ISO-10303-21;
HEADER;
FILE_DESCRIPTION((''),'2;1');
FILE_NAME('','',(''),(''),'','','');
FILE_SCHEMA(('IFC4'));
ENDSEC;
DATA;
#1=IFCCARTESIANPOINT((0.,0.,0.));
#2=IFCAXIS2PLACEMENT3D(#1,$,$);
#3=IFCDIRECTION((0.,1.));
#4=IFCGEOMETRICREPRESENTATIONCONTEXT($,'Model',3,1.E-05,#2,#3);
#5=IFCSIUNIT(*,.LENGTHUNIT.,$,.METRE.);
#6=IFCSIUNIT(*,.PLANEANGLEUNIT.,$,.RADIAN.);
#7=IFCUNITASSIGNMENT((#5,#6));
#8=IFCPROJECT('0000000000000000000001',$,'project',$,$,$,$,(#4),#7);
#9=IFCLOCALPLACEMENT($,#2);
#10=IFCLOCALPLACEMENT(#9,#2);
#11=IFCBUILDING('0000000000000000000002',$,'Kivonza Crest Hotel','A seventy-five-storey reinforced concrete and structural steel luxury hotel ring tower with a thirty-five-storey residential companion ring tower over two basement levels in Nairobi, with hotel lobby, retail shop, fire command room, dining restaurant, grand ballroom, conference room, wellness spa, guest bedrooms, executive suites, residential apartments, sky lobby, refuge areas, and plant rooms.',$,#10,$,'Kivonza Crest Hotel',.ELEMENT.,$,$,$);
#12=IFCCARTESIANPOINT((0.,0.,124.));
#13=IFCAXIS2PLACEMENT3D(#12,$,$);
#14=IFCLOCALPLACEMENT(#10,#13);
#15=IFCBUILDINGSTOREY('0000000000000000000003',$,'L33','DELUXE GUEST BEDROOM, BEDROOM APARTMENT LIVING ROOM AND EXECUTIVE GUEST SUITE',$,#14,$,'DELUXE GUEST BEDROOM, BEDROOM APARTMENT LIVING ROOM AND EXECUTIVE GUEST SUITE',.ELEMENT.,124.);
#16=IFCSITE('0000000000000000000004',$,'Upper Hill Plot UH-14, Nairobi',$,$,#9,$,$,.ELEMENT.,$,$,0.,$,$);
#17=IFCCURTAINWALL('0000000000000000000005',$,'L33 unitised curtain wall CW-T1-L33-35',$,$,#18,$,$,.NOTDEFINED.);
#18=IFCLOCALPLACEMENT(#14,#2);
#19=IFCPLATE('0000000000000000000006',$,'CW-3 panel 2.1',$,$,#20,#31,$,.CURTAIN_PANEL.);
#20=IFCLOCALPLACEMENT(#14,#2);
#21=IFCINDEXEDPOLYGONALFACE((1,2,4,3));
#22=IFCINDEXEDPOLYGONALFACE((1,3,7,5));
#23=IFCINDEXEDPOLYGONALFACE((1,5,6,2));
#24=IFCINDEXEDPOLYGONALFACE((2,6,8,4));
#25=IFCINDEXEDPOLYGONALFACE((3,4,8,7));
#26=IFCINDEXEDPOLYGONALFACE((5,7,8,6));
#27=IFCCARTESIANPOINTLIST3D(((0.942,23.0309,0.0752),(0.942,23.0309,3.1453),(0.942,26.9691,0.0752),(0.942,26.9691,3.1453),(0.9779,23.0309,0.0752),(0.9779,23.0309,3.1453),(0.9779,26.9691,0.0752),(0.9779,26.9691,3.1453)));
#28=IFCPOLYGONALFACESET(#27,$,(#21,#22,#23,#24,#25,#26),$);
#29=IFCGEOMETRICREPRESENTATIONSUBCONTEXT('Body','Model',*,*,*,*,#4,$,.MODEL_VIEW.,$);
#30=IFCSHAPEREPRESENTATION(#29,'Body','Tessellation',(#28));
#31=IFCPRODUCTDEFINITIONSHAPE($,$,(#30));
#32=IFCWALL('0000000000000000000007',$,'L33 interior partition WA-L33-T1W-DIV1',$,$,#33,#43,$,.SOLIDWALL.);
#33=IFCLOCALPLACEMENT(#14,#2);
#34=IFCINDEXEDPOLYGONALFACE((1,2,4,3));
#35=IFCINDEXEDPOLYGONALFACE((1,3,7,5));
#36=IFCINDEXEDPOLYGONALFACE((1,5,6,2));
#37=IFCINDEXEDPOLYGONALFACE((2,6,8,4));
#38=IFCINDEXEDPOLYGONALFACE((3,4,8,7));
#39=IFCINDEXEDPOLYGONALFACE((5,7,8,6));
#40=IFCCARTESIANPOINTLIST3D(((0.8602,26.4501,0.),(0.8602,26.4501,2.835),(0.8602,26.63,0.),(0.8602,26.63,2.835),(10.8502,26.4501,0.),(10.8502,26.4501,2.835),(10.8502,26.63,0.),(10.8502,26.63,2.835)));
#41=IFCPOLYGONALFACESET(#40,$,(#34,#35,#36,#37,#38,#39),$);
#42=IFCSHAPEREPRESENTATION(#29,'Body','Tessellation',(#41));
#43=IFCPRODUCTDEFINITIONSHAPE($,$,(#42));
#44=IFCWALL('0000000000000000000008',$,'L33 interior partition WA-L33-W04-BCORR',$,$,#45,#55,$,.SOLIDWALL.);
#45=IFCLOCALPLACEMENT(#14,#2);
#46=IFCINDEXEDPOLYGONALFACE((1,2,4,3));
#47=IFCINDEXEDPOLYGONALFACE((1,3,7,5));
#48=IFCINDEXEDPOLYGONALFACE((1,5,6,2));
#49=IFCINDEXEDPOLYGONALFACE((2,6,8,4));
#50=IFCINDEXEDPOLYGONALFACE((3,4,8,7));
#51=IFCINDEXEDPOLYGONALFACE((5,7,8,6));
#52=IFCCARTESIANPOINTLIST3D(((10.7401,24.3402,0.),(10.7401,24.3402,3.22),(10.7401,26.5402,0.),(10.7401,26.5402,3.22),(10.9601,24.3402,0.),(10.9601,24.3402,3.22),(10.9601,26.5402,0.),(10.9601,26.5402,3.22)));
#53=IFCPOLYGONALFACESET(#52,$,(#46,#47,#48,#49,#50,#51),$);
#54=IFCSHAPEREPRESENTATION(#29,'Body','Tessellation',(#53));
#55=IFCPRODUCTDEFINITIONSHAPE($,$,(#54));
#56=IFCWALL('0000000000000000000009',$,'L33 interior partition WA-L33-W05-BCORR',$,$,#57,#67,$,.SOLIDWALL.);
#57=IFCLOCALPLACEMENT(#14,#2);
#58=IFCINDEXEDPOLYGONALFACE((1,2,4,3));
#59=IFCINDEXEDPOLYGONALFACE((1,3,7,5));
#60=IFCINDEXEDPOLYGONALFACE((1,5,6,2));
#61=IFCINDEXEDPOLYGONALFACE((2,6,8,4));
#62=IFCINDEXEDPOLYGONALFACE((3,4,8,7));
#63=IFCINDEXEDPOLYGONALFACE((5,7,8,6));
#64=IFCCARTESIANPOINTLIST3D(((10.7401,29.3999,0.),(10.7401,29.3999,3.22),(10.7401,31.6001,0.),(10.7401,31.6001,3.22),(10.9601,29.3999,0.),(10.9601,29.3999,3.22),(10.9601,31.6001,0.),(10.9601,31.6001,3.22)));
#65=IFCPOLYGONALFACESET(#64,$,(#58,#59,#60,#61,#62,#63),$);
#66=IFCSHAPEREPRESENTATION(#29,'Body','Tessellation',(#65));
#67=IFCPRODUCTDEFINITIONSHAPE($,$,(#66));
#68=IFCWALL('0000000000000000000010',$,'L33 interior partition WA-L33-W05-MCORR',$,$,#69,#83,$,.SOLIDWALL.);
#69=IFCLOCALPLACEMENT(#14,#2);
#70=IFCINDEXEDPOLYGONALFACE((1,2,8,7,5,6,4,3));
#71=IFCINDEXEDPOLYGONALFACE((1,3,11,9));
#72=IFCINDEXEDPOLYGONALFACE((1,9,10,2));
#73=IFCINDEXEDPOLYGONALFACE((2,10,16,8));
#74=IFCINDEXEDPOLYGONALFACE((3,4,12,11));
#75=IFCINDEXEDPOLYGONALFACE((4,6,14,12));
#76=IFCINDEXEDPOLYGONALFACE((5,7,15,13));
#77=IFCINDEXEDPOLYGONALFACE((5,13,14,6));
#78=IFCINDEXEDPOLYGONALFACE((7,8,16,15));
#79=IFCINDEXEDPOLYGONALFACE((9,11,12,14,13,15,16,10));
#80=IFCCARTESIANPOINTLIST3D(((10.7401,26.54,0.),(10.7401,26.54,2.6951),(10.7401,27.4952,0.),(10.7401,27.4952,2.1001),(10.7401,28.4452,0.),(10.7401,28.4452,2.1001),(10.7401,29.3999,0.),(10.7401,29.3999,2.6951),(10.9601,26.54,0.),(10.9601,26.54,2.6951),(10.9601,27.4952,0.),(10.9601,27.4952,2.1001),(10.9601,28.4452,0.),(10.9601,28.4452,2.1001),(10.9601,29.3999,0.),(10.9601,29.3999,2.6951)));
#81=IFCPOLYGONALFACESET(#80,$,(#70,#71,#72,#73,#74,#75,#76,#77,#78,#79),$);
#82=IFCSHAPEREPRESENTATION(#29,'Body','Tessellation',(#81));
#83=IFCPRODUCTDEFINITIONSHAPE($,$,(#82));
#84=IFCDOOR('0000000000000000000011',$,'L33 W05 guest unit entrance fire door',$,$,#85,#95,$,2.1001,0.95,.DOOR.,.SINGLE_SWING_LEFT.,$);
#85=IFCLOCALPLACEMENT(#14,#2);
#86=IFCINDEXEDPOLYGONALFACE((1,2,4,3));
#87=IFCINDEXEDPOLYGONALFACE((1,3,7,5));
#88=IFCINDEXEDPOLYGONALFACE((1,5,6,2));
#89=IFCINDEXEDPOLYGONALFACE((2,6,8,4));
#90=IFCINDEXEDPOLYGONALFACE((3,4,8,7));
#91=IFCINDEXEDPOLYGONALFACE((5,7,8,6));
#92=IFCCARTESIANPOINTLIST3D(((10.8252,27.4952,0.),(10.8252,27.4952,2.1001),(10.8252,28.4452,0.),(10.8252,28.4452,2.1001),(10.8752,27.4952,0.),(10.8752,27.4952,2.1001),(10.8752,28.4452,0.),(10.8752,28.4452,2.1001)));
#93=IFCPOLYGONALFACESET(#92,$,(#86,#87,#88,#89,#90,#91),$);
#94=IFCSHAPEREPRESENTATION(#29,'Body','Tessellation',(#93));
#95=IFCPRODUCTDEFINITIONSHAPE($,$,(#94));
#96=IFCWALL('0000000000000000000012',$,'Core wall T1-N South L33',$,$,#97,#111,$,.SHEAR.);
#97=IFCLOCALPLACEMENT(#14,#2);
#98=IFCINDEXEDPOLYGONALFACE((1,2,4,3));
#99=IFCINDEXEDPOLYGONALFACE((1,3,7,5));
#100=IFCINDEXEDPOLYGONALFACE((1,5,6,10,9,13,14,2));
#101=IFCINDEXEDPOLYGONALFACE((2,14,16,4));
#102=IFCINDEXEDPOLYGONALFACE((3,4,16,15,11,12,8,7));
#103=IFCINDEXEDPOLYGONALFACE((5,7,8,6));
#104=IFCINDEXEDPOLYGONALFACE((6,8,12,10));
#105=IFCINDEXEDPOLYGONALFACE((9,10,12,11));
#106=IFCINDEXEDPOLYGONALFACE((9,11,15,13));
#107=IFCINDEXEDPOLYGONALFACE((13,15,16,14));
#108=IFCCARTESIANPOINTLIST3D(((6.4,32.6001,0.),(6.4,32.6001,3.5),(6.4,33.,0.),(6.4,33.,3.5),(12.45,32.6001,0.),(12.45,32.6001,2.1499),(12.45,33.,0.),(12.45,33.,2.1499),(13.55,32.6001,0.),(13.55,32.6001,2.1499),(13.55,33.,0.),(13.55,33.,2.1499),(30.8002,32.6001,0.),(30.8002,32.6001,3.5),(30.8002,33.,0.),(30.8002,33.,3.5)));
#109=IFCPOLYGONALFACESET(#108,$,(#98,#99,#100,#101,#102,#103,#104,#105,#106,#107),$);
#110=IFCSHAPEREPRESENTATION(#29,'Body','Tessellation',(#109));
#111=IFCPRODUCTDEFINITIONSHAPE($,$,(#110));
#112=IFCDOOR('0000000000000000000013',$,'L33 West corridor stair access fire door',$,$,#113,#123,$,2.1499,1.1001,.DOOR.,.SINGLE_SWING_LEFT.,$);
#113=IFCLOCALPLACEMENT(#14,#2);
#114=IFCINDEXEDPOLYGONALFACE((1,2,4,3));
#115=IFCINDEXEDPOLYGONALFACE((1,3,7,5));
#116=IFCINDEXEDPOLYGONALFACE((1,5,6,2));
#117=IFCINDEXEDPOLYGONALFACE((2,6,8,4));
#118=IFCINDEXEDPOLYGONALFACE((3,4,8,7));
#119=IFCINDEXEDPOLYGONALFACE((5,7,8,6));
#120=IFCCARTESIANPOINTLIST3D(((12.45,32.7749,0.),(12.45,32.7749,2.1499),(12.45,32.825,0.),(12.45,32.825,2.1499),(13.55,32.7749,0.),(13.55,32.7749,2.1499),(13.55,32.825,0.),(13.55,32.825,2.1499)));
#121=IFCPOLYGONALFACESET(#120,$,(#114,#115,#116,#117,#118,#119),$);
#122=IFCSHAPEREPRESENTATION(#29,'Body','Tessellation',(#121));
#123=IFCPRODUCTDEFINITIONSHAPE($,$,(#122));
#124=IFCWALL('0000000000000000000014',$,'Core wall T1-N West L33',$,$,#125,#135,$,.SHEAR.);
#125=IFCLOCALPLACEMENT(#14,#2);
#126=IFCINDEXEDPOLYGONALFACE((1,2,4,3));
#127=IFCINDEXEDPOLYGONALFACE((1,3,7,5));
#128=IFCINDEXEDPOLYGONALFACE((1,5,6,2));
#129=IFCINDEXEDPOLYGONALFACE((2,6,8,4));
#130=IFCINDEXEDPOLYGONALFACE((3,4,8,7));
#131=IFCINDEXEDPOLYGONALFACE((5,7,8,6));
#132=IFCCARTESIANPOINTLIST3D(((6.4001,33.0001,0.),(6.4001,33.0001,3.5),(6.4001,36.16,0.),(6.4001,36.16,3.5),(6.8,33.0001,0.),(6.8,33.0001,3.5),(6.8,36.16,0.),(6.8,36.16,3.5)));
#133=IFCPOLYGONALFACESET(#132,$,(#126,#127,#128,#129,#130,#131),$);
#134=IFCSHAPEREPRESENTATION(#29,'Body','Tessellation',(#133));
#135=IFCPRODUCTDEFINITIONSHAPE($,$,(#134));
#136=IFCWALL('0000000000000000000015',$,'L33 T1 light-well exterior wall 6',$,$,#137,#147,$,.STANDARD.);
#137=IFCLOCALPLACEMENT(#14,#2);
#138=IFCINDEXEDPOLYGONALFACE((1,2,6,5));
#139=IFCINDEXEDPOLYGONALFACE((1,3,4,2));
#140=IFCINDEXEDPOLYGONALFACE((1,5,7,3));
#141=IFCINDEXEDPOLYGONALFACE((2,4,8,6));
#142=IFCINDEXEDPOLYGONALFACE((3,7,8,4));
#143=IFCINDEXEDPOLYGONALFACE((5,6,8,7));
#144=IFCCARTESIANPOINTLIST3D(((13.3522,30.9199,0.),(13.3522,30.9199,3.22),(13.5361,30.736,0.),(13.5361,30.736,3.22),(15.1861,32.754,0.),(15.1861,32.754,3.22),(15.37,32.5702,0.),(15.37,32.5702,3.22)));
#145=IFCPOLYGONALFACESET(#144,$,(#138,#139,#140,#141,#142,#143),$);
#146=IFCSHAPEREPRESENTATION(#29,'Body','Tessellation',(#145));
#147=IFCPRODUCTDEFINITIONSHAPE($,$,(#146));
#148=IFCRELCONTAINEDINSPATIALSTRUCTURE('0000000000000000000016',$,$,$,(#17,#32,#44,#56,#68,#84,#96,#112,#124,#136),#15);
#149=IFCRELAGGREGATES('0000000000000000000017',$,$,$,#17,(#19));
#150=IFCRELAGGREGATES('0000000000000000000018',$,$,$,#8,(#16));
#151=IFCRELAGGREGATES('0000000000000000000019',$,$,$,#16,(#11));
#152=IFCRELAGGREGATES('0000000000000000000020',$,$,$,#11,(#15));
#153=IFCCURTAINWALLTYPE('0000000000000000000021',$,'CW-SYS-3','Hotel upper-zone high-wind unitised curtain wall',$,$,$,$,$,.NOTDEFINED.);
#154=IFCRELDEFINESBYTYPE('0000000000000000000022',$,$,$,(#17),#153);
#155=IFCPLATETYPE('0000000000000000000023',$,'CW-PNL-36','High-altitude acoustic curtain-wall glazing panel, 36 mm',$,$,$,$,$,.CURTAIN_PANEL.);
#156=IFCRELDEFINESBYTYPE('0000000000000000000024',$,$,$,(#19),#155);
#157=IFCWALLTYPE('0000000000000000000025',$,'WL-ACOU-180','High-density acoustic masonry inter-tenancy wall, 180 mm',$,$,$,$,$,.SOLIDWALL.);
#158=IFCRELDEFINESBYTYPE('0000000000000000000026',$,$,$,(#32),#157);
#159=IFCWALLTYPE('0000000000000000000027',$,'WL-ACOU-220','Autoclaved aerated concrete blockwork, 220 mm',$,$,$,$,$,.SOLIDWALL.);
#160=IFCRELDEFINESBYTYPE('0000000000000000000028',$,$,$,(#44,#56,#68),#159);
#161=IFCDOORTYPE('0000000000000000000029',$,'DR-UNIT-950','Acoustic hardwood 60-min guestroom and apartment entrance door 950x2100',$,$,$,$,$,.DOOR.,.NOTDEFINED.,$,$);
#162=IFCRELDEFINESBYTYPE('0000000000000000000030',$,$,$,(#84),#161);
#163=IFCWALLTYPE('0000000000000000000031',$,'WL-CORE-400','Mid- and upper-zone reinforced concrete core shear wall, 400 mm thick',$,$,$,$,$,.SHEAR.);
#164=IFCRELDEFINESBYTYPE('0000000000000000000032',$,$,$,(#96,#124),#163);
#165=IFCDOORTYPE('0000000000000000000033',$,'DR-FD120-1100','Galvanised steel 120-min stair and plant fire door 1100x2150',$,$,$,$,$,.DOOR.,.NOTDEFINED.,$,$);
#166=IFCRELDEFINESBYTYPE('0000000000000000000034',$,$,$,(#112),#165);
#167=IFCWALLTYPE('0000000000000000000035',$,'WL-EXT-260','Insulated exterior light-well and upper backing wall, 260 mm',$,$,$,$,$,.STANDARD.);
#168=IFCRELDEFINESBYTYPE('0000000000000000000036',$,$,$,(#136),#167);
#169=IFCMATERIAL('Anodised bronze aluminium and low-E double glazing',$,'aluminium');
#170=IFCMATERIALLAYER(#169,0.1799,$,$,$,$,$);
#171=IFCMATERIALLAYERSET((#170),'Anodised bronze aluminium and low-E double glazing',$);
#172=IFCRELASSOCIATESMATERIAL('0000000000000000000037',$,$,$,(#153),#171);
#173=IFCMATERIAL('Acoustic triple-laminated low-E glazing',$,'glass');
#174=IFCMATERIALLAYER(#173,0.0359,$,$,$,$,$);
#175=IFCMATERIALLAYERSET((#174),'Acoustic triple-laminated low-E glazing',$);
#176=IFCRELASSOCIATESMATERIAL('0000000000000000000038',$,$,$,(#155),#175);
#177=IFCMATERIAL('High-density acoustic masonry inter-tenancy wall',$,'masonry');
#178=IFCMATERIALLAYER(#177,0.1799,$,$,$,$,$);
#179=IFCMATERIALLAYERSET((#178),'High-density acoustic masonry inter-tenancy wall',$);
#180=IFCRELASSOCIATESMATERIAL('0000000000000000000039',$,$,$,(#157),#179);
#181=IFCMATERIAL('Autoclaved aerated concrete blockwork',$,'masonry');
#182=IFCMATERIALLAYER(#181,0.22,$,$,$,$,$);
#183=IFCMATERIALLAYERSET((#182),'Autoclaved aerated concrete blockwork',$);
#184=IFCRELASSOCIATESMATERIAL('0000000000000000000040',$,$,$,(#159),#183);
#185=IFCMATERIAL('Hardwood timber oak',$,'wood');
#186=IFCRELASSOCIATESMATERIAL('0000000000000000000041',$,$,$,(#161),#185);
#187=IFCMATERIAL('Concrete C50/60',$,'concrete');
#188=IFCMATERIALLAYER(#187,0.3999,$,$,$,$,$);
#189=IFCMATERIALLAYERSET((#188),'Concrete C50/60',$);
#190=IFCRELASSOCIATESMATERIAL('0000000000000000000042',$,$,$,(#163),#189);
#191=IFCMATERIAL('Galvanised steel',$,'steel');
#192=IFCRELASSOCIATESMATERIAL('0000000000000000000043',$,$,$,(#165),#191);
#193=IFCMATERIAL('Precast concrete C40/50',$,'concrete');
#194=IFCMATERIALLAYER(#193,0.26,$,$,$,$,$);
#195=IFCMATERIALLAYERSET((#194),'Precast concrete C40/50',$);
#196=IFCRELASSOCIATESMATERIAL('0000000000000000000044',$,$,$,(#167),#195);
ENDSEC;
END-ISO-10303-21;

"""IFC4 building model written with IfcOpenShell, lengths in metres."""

from ifc_helpers import new_model, si_unit, direction, frame, frame_2d, origin, origin_2d, place, context, subcontext, project, spatial, rectangle, extrude, material, layer, layer_set, type_object, element, fill, aggregate, save


model = new_model("IFC4")

# Units and contexts
model_context = context("Model", 3, precision=1e-05, world=origin(), true_north=direction((0.0, 1.0)))
body_context = subcontext(model_context, "Body", "Model", "MODEL_VIEW")
ifc_project = project(units=[si_unit("LENGTHUNIT", "METRE"), si_unit("PLANEANGLEUNIT", "RADIAN")], contexts=[model_context])

# Site, building, storey
site_placement = place(None, origin())
site = spatial("IfcSite", under=ifc_project, at=site_placement, Name="Upper Hill Plot UH-14, Nairobi", CompositionType="ELEMENT", RefElevation=0.0)
building_placement = place(site_placement, origin())
building = spatial("IfcBuilding", under=site, at=building_placement, Name="Kivonza Crest Hotel", Description="A seventy-five-storey reinforced concrete and structural steel luxury hotel ring tower with a thirty-five-storey residential companion ring tower over two basement levels in Nairobi, with hotel lobby, retail shop, fire command room, dining restaurant, grand ballroom, conference room, wellness spa, guest bedrooms, executive suites, residential apartments, sky lobby, refuge areas, and plant rooms.", LongName="Kivonza Crest Hotel", CompositionType="ELEMENT")
storey_placement = place(building_placement, frame((0.0, 0.0, 124.0)))
storey = spatial("IfcBuildingStorey", under=building, at=storey_placement, Name="L33", Description="DELUXE GUEST BEDROOM, BEDROOM APARTMENT LIVING ROOM AND EXECUTIVE GUEST SUITE", LongName="DELUXE GUEST BEDROOM, BEDROOM APARTMENT LIVING ROOM AND EXECUTIVE GUEST SUITE", CompositionType="ELEMENT", Elevation=124.0)

# Shared definitions
ifc_material_1 = material(Name="Concrete C50/60", Category="concrete")

# Curtain wall
ifc_material_2 = material(Name="Anodised bronze aluminium and low-E double glazing", Category="aluminium")
ifc_layer_1 = layer(ifc_material_2, 0.1799)
ifc_layer_set_1 = layer_set([ifc_layer_1], Name="Anodised bronze aluminium and low-E double glazing")
curtain_wall_type_1 = type_object("IfcCurtainWallType", Name="CW-SYS-3", Description="Hotel upper-zone high-wind unitised curtain wall", PredefinedType="NOTDEFINED", material=ifc_layer_set_1)
curtain_wall_1_placement = place(storey_placement, origin())
curtain_wall_1 = element("IfcCurtainWall", 1, at=curtain_wall_1_placement, inside=storey, type_object=curtain_wall_type_1, Name="L33 unitised curtain wall CW-T1-L33-35", PredefinedType="NOTDEFINED")

# Plate
ifc_material_3 = material(Name="Acoustic triple-laminated low-E glazing", Category="glass")
ifc_layer_2 = layer(ifc_material_3, 0.0359)
ifc_layer_set_2 = layer_set([ifc_layer_2], Name="Acoustic triple-laminated low-E glazing")
plate_type_1 = type_object("IfcPlateType", Name="CW-PNL-36", Description="High-altitude acoustic curtain-wall glazing panel, 36 mm", PredefinedType="CURTAIN_PANEL", material=ifc_layer_set_2)
plate_1_placement = place(storey_placement, frame((0.96, 25.0, 0.0752), z_axis=(0.0, 0.0, 1.0), x_axis=(0.0, -1.0, 0.0)))
plate_1 = element("IfcPlate", 2, at=plate_1_placement, type_object=plate_type_1, Name="CW-3 panel 2.1", PredefinedType="CURTAIN_PANEL", context=body_context, shape_type="SweptSolid", body=[
    extrude(rectangle(XDim=3.9382, YDim=0.0359, at=origin_2d()), origin(), (0.0, 0.0, 1.0), 3.0701),
])
aggregate(curtain_wall_1, [plate_1])

# Walls
ifc_material_4 = material(Name="High-density acoustic masonry inter-tenancy wall", Category="masonry")
ifc_layer_3 = layer(ifc_material_4, 0.1799)
ifc_layer_set_3 = layer_set([ifc_layer_3], Name="High-density acoustic masonry inter-tenancy wall")
wall_type_1 = type_object("IfcWallType", Name="WL-ACOU-180", Description="High-density acoustic masonry inter-tenancy wall, 180 mm", PredefinedType="SOLIDWALL", material=ifc_layer_set_3)
wall_1_placement = place(storey_placement, frame((0.8601, 26.54, 0.0), z_axis=(0.0, 0.0, 1.0), x_axis=(1.0, 0.0, 0.0)))
element("IfcWall", 3, at=wall_1_placement, inside=storey, type_object=wall_type_1, Name="L33 interior partition WA-L33-T1W-DIV1", PredefinedType="SOLIDWALL", context=body_context, shape_type="SweptSolid", body=[
    extrude(rectangle(XDim=9.99, YDim=0.1799, at=frame_2d((4.9951, 0.0))), origin(), (0.0, 0.0, 1.0), 2.835),
])
ifc_material_5 = material(Name="Autoclaved aerated concrete blockwork", Category="masonry")
ifc_layer_4 = layer(ifc_material_5, 0.22)
ifc_layer_set_4 = layer_set([ifc_layer_4], Name="Autoclaved aerated concrete blockwork")
wall_type_2 = type_object("IfcWallType", Name="WL-ACOU-220", Description="Autoclaved aerated concrete blockwork, 220 mm", PredefinedType="SOLIDWALL", material=ifc_layer_set_4)
wall_2_placement = place(storey_placement, frame((10.8501, 24.3401, 0.0), z_axis=(0.0, 0.0, 1.0), x_axis=(0.0, 1.0, 0.0)))
element("IfcWall", 4, at=wall_2_placement, inside=storey, type_object=wall_type_2, Name="L33 interior partition WA-L33-W04-BCORR", PredefinedType="SOLIDWALL", context=body_context, shape_type="SweptSolid", body=[
    extrude(rectangle(XDim=2.2, YDim=0.22, at=frame_2d((1.1001, 0.0))), origin(), (0.0, 0.0, 1.0), 3.22),
])
wall_3_placement = place(storey_placement, frame((10.8501, 29.3999, 0.0), z_axis=(0.0, 0.0, 1.0), x_axis=(0.0, 1.0, 0.0)))
element("IfcWall", 5, at=wall_3_placement, inside=storey, type_object=wall_type_2, Name="L33 interior partition WA-L33-W05-BCORR", PredefinedType="SOLIDWALL", context=body_context, shape_type="SweptSolid", body=[
    extrude(rectangle(XDim=2.2002, YDim=0.22, at=frame_2d((1.1001, 0.0))), origin(), (0.0, 0.0, 1.0), 3.22),
])

# Walls, openings, doors
wall_4_placement = place(storey_placement, frame((10.8501, 26.54, 0.0), z_axis=(0.0, 0.0, 1.0), x_axis=(0.0, 1.0, 0.0)))
wall_4 = element("IfcWall", 6, at=wall_4_placement, inside=storey, type_object=wall_type_2, Name="L33 interior partition WA-L33-W05-MCORR", PredefinedType="SOLIDWALL", context=body_context, shape_type="SweptSolid", body=[
    extrude(rectangle(XDim=2.8599, YDim=0.22, at=frame_2d((1.4299, 0.0))), origin(), (0.0, 0.0, 1.0), 2.6951),
])
opening_1_placement = place(wall_4_placement, frame((0.9551, 0.0, 0.0)))
opening_1 = element("IfcOpeningElement", 7, at=opening_1_placement, cuts=wall_4, PredefinedType="OPENING", context=body_context, shape_type="SweptSolid", body=[
    extrude(rectangle(XDim=0.95, YDim=2.1001, at=frame_2d((0.4751, 1.05))), frame((0.0, 0.1201, 0.0), z_axis=(0.0, -1.0, 0.0), x_axis=(1.0, 0.0, 0.0)), (0.0, 0.0, 1.0), 0.24),
])
ifc_material_6 = material(Name="Hardwood timber oak", Category="wood")
door_type_1 = type_object("IfcDoorType", Name="DR-UNIT-950", Description="Acoustic hardwood 60-min guestroom and apartment entrance door 950x2100", OperationType="NOTDEFINED", PredefinedType="DOOR", material=ifc_material_6)
door_1_placement = place(opening_1_placement, origin())
door_1 = element("IfcDoor", 8, at=door_1_placement, inside=storey, type_object=door_type_1, Name="L33 W05 guest unit entrance fire door", OperationType="SINGLE_SWING_LEFT", OverallHeight=2.1001, OverallWidth=0.95, PredefinedType="DOOR", context=body_context, shape_type="SweptSolid", body=[
    extrude(rectangle(XDim=0.95, YDim=2.1001, at=frame_2d((0.4751, 1.05))), frame((0.0, 0.0249, 0.0), z_axis=(0.0, -1.0, 0.0), x_axis=(1.0, 0.0, 0.0)), (0.0, 0.0, 1.0), 0.05),
])
fill(opening_1, door_1)
ifc_layer_5 = layer(ifc_material_1, 0.3999)
ifc_layer_set_5 = layer_set([ifc_layer_5], Name="Concrete C50/60")
wall_type_3 = type_object("IfcWallType", Name="WL-CORE-400", Description="Mid- and upper-zone reinforced concrete core shear wall, 400 mm thick", PredefinedType="SHEAR", material=ifc_layer_set_5)
wall_5_placement = place(storey_placement, frame((6.3999, 32.8, 0.0), z_axis=(0.0, 0.0, 1.0), x_axis=(1.0, 0.0, 0.0)))
wall_5 = element("IfcWall", 9, at=wall_5_placement, inside=storey, type_object=wall_type_3, Name="Core wall T1-N South L33", PredefinedType="SHEAR", context=body_context, shape_type="SweptSolid", body=[
    extrude(rectangle(XDim=24.4001, YDim=0.3999, at=frame_2d((12.2002, 0.0))), origin(), (0.0, 0.0, 1.0), 3.5),
])
opening_2_placement = place(wall_5_placement, frame((6.05, 0.0, 0.0)))
opening_2 = element("IfcOpeningElement", 10, at=opening_2_placement, cuts=wall_5, PredefinedType="OPENING", context=body_context, shape_type="SweptSolid", body=[
    extrude(rectangle(XDim=1.1001, YDim=2.1499, at=frame_2d((0.55, 1.075))), frame((0.0, 0.21, 0.0), z_axis=(0.0, -1.0, 0.0), x_axis=(1.0, 0.0, 0.0)), (0.0, 0.0, 1.0), 0.4199),
])
ifc_material_7 = material(Name="Galvanised steel", Category="steel")
door_type_2 = type_object("IfcDoorType", Name="DR-FD120-1100", Description="Galvanised steel 120-min stair and plant fire door 1100x2150", OperationType="NOTDEFINED", PredefinedType="DOOR", material=ifc_material_7)
door_2_placement = place(opening_2_placement, origin())
door_2 = element("IfcDoor", 11, at=door_2_placement, inside=storey, type_object=door_type_2, Name="L33 West corridor stair access fire door", OperationType="SINGLE_SWING_LEFT", OverallHeight=2.1499, OverallWidth=1.1001, PredefinedType="DOOR", context=body_context, shape_type="SweptSolid", body=[
    extrude(rectangle(XDim=1.1001, YDim=2.1499, at=frame_2d((0.55, 1.075))), frame((0.0, 0.0249, 0.0), z_axis=(0.0, -1.0, 0.0), x_axis=(1.0, 0.0, 0.0)), (0.0, 0.0, 1.0), 0.05),
])
fill(opening_2, door_2)

# Walls
wall_6_placement = place(storey_placement, frame((6.6001, 33.0, 0.0), z_axis=(0.0, 0.0, 1.0), x_axis=(0.0, 1.0, 0.0)))
element("IfcWall", 12, at=wall_6_placement, inside=storey, type_object=wall_type_3, Name="Core wall T1-N West L33", PredefinedType="SHEAR", context=body_context, shape_type="SweptSolid", body=[
    extrude(rectangle(XDim=3.1599, YDim=0.3999, at=frame_2d((1.5801, 0.0))), origin(), (0.0, 0.0, 1.0), 3.5),
])
ifc_material_8 = material(Name="Precast concrete C40/50", Category="concrete")
ifc_layer_6 = layer(ifc_material_8, 0.26)
ifc_layer_set_6 = layer_set([ifc_layer_6], Name="Precast concrete C40/50")
wall_type_4 = type_object("IfcWallType", Name="WL-EXT-260", Description="Insulated exterior light-well and upper backing wall, 260 mm", PredefinedType="STANDARD", material=ifc_layer_set_6)
wall_7_placement = place(storey_placement, frame((15.2781, 32.6621, 0.0), z_axis=(0.0, 0.0, 1.0), x_axis=(-0.70706, -0.707154, 0.0)))
element("IfcWall", 13, at=wall_7_placement, inside=storey, type_object=wall_type_4, Name="L33 T1 light-well exterior wall 6", PredefinedType="STANDARD", context=body_context, shape_type="SweptSolid", body=[
    extrude(rectangle(XDim=2.5938, YDim=0.26, at=frame_2d((1.2969, 0.0))), origin(), (0.0, 0.0, 1.0), 3.22),
])

save(model, "model.ifc")
